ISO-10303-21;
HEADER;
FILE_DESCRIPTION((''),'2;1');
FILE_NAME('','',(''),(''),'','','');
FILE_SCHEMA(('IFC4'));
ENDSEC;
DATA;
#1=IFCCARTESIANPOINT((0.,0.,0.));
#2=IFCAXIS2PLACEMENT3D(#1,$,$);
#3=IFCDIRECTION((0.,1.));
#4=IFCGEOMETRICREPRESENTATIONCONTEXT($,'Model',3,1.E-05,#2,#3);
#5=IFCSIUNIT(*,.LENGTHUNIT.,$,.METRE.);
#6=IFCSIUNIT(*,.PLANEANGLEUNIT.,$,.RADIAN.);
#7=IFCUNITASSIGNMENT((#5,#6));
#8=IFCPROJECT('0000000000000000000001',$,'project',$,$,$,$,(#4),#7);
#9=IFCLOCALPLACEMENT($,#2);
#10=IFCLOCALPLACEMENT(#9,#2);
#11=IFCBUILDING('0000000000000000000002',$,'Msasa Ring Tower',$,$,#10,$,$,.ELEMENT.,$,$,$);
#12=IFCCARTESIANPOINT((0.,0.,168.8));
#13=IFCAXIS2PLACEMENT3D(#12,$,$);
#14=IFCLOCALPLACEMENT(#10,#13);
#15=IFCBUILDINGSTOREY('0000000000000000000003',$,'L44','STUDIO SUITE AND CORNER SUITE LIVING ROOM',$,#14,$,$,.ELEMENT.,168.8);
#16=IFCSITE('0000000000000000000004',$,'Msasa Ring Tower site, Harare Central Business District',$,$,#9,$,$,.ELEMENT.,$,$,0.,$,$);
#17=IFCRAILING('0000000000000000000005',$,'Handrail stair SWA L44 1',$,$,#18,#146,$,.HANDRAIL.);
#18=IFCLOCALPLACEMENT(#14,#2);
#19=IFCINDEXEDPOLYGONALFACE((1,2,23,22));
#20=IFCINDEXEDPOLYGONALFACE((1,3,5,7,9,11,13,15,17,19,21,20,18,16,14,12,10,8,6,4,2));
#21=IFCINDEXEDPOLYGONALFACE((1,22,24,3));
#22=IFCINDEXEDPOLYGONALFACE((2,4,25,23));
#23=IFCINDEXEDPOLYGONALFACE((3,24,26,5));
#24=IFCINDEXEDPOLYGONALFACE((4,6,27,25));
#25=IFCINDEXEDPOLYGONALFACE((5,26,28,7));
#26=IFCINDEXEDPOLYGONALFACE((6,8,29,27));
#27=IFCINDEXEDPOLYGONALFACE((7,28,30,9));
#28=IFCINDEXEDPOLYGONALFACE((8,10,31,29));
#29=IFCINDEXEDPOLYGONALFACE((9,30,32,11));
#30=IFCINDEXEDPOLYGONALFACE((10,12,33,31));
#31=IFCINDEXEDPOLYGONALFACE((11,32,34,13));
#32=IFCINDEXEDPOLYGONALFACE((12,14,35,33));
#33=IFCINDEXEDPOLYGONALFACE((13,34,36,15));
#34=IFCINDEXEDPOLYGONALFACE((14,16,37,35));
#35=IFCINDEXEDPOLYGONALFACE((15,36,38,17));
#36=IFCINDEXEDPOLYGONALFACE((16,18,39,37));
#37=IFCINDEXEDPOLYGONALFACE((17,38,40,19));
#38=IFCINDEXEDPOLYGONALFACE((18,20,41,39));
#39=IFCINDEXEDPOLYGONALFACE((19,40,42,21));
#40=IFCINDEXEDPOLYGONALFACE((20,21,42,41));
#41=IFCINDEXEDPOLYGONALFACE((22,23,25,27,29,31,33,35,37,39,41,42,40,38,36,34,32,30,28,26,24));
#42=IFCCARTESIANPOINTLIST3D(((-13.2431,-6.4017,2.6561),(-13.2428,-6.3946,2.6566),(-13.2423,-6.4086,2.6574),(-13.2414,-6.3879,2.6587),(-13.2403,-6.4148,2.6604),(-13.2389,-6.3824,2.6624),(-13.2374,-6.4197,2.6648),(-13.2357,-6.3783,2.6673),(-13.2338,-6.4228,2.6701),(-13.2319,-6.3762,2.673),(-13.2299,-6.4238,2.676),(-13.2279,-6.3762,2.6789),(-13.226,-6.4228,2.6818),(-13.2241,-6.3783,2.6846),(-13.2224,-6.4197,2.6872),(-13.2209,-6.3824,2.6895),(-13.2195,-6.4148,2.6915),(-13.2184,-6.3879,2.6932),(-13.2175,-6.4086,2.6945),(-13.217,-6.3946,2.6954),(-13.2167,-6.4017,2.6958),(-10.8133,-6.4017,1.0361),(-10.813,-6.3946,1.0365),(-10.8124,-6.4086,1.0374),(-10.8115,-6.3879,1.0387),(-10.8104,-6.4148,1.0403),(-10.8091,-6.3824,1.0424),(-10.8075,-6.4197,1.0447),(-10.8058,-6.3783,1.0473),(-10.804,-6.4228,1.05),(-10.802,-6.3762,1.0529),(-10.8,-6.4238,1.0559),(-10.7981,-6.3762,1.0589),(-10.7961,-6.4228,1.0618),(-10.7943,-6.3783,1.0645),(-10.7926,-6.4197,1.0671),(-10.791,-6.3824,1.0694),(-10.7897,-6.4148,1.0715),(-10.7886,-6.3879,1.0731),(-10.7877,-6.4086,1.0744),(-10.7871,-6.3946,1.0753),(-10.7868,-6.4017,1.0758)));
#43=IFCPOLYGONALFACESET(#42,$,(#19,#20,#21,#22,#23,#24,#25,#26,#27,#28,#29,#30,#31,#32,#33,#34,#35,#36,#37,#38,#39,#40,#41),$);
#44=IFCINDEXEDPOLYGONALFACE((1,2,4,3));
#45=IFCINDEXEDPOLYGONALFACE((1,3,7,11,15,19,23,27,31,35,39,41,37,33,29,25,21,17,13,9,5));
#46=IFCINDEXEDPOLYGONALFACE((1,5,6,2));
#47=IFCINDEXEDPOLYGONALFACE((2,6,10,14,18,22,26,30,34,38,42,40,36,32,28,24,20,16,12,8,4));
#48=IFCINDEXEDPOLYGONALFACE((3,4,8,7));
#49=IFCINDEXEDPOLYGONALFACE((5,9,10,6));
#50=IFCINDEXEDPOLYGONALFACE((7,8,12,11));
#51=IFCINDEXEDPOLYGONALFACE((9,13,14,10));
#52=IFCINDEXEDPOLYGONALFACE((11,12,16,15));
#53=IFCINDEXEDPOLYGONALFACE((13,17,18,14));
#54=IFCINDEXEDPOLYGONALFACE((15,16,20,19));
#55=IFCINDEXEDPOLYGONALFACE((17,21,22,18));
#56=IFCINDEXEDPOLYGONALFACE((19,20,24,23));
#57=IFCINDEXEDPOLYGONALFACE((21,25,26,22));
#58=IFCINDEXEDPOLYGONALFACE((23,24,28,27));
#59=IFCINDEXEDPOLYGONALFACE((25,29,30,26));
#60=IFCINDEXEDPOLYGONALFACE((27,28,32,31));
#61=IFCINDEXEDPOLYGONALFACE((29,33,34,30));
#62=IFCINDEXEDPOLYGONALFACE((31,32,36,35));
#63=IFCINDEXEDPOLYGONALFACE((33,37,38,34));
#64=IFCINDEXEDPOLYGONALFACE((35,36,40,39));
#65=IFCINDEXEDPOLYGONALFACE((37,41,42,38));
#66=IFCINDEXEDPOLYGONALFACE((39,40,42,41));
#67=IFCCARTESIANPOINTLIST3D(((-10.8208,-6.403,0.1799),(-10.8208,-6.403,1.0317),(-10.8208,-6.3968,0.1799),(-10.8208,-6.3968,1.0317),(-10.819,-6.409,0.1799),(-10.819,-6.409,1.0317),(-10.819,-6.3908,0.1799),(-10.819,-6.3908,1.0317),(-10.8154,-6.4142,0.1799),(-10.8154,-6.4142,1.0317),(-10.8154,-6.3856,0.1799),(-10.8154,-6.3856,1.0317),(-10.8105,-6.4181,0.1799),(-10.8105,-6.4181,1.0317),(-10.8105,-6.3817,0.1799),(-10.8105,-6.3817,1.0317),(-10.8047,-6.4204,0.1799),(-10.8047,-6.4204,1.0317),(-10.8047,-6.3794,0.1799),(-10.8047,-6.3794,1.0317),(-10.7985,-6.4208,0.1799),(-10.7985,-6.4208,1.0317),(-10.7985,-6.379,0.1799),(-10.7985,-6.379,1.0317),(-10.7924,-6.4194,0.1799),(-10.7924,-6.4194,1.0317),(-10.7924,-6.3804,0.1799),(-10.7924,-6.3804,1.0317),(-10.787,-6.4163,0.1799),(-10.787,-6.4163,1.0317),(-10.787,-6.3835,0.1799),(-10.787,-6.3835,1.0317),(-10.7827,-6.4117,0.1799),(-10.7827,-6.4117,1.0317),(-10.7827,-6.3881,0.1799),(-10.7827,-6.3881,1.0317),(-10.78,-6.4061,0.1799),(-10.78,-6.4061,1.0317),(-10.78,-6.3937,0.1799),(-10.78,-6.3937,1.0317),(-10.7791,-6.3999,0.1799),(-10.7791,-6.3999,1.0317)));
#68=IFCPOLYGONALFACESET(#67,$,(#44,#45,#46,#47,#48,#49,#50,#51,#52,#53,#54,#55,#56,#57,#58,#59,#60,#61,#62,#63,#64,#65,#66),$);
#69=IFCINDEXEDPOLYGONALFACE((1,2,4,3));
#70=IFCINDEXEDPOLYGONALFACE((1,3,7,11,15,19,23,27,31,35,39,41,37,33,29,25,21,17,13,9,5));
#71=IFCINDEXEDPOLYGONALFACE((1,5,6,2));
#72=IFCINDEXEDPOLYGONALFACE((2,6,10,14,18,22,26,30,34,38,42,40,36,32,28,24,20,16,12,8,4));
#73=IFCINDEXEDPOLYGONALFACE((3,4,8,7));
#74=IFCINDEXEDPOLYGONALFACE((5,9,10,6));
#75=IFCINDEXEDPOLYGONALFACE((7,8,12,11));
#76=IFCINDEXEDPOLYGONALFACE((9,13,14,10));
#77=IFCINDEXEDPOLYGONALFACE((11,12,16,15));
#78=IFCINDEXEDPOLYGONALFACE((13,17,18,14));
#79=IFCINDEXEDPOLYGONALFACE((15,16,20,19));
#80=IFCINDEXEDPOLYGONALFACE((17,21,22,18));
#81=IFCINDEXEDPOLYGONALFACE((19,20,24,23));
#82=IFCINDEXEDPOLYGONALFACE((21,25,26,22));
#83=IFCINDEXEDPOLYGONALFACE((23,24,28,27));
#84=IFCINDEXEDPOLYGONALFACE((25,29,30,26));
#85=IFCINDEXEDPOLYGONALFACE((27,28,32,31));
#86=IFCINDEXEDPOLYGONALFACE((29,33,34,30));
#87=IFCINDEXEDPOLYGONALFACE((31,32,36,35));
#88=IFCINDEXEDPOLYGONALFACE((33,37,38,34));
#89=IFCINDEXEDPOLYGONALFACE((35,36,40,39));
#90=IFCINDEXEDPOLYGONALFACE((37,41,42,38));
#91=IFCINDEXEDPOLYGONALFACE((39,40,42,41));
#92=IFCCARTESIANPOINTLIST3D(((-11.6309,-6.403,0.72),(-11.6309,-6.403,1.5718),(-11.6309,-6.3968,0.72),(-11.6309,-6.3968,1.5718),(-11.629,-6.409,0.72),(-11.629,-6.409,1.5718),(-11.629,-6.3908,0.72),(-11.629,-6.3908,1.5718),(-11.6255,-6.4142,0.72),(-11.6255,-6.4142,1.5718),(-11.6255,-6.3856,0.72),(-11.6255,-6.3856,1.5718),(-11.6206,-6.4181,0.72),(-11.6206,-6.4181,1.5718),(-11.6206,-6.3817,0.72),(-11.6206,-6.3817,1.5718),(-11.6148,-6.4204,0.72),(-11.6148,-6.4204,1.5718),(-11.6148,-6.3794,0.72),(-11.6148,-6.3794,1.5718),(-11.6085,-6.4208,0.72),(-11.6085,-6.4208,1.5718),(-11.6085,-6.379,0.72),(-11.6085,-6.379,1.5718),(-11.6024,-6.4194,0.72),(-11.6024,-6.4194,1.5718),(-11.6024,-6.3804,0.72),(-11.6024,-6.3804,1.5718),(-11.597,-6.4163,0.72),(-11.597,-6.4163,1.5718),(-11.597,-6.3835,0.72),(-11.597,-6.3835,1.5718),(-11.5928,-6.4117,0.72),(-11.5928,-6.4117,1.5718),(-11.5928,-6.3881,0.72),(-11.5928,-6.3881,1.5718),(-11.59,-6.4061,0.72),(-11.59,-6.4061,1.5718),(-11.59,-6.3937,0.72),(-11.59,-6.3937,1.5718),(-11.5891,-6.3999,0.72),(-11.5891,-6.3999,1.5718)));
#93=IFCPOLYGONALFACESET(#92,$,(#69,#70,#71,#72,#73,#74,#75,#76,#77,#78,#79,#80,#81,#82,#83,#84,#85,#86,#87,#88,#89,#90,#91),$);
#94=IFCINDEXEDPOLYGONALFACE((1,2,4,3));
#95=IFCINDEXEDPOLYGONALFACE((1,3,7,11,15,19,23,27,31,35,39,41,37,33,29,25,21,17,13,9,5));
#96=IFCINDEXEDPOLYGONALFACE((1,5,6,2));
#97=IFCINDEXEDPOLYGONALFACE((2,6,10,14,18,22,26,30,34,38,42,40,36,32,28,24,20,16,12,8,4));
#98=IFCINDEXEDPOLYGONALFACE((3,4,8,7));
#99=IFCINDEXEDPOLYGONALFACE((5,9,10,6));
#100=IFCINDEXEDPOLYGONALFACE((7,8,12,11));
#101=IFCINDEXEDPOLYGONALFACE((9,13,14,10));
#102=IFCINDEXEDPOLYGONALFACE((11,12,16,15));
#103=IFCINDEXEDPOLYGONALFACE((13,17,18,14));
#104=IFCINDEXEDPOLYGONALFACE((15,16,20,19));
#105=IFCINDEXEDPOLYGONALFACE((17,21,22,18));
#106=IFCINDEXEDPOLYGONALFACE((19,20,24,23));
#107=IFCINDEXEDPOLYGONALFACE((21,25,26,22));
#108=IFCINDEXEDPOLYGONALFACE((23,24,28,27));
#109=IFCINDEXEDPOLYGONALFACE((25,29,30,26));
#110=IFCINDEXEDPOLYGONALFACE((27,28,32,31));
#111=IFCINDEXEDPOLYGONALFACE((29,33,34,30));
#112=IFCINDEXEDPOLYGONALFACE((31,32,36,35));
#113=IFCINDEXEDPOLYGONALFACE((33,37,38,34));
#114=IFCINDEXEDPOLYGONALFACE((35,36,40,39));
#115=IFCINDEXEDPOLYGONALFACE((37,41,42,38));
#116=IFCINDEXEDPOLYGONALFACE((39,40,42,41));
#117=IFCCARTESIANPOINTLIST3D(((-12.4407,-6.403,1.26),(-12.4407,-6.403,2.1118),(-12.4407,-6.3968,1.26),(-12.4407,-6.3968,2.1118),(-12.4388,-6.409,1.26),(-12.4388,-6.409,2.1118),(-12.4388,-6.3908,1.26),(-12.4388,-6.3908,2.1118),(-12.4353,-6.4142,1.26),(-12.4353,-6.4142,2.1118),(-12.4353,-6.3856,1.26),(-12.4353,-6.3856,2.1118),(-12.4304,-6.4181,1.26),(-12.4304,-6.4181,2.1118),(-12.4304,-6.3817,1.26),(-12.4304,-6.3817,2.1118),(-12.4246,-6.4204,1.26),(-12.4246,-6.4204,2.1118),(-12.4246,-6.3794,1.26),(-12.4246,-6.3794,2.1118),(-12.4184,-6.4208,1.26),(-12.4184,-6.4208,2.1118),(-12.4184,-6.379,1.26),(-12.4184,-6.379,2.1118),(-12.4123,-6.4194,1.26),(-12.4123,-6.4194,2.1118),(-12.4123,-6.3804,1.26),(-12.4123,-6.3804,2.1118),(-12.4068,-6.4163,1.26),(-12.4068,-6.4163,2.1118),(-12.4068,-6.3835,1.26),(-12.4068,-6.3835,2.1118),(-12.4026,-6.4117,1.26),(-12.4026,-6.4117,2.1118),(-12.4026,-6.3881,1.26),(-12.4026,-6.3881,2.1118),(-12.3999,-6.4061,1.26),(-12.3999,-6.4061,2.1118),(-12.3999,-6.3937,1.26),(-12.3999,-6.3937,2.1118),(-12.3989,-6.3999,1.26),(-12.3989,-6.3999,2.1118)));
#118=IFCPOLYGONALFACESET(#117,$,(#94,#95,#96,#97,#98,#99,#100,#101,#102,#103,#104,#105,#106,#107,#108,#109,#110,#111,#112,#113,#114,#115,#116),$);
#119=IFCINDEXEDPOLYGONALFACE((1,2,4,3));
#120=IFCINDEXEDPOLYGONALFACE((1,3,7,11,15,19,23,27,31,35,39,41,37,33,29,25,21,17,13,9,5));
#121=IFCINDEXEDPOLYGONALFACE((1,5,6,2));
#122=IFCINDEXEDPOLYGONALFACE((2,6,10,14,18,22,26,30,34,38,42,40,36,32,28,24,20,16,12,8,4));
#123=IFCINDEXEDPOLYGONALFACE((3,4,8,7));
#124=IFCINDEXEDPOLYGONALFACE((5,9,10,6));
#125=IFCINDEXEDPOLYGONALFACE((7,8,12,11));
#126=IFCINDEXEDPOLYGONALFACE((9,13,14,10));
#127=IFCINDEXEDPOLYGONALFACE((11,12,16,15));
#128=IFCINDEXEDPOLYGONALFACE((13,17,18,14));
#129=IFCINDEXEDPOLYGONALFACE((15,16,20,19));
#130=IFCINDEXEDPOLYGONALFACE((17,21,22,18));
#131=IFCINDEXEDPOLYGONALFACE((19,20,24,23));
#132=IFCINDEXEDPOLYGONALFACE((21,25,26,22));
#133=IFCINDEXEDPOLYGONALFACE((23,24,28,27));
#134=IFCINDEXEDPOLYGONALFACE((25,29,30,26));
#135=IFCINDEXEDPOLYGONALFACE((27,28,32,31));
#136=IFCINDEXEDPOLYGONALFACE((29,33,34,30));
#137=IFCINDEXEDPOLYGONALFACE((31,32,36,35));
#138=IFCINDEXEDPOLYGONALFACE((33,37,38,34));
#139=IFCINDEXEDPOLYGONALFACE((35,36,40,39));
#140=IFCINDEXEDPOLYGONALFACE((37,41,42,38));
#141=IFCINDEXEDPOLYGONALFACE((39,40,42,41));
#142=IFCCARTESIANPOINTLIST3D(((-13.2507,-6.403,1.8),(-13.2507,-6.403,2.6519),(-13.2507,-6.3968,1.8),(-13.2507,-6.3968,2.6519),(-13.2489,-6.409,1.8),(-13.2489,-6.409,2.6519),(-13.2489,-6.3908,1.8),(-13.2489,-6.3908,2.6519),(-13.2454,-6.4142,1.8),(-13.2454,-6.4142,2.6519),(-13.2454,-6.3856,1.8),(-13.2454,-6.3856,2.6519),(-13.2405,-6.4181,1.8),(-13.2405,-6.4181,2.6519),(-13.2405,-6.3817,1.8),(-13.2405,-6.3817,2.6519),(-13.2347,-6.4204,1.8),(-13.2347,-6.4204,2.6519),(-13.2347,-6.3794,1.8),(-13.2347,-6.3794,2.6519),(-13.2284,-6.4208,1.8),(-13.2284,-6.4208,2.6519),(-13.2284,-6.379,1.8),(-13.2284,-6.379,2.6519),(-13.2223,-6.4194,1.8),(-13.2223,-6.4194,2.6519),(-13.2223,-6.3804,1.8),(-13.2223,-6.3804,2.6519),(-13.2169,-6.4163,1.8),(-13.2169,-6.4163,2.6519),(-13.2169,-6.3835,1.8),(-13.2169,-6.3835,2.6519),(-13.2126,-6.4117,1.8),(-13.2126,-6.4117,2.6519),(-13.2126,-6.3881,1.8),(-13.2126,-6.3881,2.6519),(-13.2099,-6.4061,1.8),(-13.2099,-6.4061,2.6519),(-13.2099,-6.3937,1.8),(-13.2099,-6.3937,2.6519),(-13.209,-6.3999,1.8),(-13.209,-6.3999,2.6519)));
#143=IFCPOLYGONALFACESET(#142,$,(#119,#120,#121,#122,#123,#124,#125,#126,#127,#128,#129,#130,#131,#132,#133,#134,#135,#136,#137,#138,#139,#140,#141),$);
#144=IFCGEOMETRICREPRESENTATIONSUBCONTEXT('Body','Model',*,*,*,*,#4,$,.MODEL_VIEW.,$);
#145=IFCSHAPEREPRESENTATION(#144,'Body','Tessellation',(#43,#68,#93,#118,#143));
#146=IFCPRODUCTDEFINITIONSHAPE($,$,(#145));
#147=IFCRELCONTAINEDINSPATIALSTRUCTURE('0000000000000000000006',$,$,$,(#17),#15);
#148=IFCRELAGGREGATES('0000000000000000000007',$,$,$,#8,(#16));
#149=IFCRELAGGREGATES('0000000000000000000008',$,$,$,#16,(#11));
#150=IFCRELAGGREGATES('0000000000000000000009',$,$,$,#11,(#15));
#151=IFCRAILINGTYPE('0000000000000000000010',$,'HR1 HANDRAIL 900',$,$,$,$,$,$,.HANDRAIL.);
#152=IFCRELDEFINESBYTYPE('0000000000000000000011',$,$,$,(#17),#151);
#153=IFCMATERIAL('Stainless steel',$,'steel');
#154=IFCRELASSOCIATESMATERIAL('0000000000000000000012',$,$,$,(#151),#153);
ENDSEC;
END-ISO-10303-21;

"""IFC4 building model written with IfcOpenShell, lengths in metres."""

from ifc_helpers import new_model, si_unit, direction, frame, origin, origin_2d, place, context, subcontext, project, spatial, circle, extrude, material, type_object, element, save


model = new_model("IFC4")

# Units and contexts
model_context = context("Model", 3, precision=1e-05, world=origin(), true_north=direction((0.0, 1.0)))
body_context = subcontext(model_context, "Body", "Model", "MODEL_VIEW")
ifc_project = project(units=[si_unit("LENGTHUNIT", "METRE"), si_unit("PLANEANGLEUNIT", "RADIAN")], contexts=[model_context])

# Site, building, storey
site_placement = place(None, origin())
site = spatial("IfcSite", under=ifc_project, at=site_placement, Name="Msasa Ring Tower site, Harare Central Business District", CompositionType="ELEMENT", RefElevation=0.0)
building_placement = place(site_placement, origin())
building = spatial("IfcBuilding", under=site, at=building_placement, Name="Msasa Ring Tower", CompositionType="ELEMENT")
storey_placement = place(building_placement, frame((0.0, 0.0, 168.8)))
storey = spatial("IfcBuildingStorey", under=building, at=storey_placement, Name="L44", Description="STUDIO SUITE AND CORNER SUITE LIVING ROOM", CompositionType="ELEMENT", Elevation=168.8)

# Railing
ifc_material_1 = material(Name="Stainless steel", Category="steel")
railing_type = type_object("IfcRailingType", Name="HR1 HANDRAIL 900", PredefinedType="HANDRAIL", material=ifc_material_1)
for number, where, name in (
    (1, (-10.8, -6.3999, 0.1799), "Handrail stair SWA L44 1"),
):
    element("IfcRailing", number, at=place(storey_placement, frame(where)), inside=storey, type_object=railing_type, Name=name, PredefinedType="HANDRAIL", context=body_context, shape_type="SweptSolid", body=[
        extrude(circle(Radius=0.0239, at=origin_2d()), frame((0.0, 0.0, 0.876), z_axis=(-0.832025, 0.0, 0.554739), x_axis=(0.0, -1.0, 0.0)), (0.0, 0.0, 1.0), 2.9204),
        extrude(circle(Radius=0.021, at=origin_2d()), origin(), (0.0, 0.0, 1.0), 0.8518),
        extrude(circle(Radius=0.021, at=origin_2d()), frame((-0.8101, 0.0, 0.54)), (0.0, 0.0, 1.0), 0.8518),
        extrude(circle(Radius=0.021, at=origin_2d()), frame((-1.6199, 0.0, 1.0801)), (0.0, 0.0, 1.0), 0.8518),
        extrude(circle(Radius=0.021, at=origin_2d()), frame((-2.4299, 0.0, 1.6201)), (0.0, 0.0, 1.0), 0.8518),
    ])

save(model, "model.ifc")
